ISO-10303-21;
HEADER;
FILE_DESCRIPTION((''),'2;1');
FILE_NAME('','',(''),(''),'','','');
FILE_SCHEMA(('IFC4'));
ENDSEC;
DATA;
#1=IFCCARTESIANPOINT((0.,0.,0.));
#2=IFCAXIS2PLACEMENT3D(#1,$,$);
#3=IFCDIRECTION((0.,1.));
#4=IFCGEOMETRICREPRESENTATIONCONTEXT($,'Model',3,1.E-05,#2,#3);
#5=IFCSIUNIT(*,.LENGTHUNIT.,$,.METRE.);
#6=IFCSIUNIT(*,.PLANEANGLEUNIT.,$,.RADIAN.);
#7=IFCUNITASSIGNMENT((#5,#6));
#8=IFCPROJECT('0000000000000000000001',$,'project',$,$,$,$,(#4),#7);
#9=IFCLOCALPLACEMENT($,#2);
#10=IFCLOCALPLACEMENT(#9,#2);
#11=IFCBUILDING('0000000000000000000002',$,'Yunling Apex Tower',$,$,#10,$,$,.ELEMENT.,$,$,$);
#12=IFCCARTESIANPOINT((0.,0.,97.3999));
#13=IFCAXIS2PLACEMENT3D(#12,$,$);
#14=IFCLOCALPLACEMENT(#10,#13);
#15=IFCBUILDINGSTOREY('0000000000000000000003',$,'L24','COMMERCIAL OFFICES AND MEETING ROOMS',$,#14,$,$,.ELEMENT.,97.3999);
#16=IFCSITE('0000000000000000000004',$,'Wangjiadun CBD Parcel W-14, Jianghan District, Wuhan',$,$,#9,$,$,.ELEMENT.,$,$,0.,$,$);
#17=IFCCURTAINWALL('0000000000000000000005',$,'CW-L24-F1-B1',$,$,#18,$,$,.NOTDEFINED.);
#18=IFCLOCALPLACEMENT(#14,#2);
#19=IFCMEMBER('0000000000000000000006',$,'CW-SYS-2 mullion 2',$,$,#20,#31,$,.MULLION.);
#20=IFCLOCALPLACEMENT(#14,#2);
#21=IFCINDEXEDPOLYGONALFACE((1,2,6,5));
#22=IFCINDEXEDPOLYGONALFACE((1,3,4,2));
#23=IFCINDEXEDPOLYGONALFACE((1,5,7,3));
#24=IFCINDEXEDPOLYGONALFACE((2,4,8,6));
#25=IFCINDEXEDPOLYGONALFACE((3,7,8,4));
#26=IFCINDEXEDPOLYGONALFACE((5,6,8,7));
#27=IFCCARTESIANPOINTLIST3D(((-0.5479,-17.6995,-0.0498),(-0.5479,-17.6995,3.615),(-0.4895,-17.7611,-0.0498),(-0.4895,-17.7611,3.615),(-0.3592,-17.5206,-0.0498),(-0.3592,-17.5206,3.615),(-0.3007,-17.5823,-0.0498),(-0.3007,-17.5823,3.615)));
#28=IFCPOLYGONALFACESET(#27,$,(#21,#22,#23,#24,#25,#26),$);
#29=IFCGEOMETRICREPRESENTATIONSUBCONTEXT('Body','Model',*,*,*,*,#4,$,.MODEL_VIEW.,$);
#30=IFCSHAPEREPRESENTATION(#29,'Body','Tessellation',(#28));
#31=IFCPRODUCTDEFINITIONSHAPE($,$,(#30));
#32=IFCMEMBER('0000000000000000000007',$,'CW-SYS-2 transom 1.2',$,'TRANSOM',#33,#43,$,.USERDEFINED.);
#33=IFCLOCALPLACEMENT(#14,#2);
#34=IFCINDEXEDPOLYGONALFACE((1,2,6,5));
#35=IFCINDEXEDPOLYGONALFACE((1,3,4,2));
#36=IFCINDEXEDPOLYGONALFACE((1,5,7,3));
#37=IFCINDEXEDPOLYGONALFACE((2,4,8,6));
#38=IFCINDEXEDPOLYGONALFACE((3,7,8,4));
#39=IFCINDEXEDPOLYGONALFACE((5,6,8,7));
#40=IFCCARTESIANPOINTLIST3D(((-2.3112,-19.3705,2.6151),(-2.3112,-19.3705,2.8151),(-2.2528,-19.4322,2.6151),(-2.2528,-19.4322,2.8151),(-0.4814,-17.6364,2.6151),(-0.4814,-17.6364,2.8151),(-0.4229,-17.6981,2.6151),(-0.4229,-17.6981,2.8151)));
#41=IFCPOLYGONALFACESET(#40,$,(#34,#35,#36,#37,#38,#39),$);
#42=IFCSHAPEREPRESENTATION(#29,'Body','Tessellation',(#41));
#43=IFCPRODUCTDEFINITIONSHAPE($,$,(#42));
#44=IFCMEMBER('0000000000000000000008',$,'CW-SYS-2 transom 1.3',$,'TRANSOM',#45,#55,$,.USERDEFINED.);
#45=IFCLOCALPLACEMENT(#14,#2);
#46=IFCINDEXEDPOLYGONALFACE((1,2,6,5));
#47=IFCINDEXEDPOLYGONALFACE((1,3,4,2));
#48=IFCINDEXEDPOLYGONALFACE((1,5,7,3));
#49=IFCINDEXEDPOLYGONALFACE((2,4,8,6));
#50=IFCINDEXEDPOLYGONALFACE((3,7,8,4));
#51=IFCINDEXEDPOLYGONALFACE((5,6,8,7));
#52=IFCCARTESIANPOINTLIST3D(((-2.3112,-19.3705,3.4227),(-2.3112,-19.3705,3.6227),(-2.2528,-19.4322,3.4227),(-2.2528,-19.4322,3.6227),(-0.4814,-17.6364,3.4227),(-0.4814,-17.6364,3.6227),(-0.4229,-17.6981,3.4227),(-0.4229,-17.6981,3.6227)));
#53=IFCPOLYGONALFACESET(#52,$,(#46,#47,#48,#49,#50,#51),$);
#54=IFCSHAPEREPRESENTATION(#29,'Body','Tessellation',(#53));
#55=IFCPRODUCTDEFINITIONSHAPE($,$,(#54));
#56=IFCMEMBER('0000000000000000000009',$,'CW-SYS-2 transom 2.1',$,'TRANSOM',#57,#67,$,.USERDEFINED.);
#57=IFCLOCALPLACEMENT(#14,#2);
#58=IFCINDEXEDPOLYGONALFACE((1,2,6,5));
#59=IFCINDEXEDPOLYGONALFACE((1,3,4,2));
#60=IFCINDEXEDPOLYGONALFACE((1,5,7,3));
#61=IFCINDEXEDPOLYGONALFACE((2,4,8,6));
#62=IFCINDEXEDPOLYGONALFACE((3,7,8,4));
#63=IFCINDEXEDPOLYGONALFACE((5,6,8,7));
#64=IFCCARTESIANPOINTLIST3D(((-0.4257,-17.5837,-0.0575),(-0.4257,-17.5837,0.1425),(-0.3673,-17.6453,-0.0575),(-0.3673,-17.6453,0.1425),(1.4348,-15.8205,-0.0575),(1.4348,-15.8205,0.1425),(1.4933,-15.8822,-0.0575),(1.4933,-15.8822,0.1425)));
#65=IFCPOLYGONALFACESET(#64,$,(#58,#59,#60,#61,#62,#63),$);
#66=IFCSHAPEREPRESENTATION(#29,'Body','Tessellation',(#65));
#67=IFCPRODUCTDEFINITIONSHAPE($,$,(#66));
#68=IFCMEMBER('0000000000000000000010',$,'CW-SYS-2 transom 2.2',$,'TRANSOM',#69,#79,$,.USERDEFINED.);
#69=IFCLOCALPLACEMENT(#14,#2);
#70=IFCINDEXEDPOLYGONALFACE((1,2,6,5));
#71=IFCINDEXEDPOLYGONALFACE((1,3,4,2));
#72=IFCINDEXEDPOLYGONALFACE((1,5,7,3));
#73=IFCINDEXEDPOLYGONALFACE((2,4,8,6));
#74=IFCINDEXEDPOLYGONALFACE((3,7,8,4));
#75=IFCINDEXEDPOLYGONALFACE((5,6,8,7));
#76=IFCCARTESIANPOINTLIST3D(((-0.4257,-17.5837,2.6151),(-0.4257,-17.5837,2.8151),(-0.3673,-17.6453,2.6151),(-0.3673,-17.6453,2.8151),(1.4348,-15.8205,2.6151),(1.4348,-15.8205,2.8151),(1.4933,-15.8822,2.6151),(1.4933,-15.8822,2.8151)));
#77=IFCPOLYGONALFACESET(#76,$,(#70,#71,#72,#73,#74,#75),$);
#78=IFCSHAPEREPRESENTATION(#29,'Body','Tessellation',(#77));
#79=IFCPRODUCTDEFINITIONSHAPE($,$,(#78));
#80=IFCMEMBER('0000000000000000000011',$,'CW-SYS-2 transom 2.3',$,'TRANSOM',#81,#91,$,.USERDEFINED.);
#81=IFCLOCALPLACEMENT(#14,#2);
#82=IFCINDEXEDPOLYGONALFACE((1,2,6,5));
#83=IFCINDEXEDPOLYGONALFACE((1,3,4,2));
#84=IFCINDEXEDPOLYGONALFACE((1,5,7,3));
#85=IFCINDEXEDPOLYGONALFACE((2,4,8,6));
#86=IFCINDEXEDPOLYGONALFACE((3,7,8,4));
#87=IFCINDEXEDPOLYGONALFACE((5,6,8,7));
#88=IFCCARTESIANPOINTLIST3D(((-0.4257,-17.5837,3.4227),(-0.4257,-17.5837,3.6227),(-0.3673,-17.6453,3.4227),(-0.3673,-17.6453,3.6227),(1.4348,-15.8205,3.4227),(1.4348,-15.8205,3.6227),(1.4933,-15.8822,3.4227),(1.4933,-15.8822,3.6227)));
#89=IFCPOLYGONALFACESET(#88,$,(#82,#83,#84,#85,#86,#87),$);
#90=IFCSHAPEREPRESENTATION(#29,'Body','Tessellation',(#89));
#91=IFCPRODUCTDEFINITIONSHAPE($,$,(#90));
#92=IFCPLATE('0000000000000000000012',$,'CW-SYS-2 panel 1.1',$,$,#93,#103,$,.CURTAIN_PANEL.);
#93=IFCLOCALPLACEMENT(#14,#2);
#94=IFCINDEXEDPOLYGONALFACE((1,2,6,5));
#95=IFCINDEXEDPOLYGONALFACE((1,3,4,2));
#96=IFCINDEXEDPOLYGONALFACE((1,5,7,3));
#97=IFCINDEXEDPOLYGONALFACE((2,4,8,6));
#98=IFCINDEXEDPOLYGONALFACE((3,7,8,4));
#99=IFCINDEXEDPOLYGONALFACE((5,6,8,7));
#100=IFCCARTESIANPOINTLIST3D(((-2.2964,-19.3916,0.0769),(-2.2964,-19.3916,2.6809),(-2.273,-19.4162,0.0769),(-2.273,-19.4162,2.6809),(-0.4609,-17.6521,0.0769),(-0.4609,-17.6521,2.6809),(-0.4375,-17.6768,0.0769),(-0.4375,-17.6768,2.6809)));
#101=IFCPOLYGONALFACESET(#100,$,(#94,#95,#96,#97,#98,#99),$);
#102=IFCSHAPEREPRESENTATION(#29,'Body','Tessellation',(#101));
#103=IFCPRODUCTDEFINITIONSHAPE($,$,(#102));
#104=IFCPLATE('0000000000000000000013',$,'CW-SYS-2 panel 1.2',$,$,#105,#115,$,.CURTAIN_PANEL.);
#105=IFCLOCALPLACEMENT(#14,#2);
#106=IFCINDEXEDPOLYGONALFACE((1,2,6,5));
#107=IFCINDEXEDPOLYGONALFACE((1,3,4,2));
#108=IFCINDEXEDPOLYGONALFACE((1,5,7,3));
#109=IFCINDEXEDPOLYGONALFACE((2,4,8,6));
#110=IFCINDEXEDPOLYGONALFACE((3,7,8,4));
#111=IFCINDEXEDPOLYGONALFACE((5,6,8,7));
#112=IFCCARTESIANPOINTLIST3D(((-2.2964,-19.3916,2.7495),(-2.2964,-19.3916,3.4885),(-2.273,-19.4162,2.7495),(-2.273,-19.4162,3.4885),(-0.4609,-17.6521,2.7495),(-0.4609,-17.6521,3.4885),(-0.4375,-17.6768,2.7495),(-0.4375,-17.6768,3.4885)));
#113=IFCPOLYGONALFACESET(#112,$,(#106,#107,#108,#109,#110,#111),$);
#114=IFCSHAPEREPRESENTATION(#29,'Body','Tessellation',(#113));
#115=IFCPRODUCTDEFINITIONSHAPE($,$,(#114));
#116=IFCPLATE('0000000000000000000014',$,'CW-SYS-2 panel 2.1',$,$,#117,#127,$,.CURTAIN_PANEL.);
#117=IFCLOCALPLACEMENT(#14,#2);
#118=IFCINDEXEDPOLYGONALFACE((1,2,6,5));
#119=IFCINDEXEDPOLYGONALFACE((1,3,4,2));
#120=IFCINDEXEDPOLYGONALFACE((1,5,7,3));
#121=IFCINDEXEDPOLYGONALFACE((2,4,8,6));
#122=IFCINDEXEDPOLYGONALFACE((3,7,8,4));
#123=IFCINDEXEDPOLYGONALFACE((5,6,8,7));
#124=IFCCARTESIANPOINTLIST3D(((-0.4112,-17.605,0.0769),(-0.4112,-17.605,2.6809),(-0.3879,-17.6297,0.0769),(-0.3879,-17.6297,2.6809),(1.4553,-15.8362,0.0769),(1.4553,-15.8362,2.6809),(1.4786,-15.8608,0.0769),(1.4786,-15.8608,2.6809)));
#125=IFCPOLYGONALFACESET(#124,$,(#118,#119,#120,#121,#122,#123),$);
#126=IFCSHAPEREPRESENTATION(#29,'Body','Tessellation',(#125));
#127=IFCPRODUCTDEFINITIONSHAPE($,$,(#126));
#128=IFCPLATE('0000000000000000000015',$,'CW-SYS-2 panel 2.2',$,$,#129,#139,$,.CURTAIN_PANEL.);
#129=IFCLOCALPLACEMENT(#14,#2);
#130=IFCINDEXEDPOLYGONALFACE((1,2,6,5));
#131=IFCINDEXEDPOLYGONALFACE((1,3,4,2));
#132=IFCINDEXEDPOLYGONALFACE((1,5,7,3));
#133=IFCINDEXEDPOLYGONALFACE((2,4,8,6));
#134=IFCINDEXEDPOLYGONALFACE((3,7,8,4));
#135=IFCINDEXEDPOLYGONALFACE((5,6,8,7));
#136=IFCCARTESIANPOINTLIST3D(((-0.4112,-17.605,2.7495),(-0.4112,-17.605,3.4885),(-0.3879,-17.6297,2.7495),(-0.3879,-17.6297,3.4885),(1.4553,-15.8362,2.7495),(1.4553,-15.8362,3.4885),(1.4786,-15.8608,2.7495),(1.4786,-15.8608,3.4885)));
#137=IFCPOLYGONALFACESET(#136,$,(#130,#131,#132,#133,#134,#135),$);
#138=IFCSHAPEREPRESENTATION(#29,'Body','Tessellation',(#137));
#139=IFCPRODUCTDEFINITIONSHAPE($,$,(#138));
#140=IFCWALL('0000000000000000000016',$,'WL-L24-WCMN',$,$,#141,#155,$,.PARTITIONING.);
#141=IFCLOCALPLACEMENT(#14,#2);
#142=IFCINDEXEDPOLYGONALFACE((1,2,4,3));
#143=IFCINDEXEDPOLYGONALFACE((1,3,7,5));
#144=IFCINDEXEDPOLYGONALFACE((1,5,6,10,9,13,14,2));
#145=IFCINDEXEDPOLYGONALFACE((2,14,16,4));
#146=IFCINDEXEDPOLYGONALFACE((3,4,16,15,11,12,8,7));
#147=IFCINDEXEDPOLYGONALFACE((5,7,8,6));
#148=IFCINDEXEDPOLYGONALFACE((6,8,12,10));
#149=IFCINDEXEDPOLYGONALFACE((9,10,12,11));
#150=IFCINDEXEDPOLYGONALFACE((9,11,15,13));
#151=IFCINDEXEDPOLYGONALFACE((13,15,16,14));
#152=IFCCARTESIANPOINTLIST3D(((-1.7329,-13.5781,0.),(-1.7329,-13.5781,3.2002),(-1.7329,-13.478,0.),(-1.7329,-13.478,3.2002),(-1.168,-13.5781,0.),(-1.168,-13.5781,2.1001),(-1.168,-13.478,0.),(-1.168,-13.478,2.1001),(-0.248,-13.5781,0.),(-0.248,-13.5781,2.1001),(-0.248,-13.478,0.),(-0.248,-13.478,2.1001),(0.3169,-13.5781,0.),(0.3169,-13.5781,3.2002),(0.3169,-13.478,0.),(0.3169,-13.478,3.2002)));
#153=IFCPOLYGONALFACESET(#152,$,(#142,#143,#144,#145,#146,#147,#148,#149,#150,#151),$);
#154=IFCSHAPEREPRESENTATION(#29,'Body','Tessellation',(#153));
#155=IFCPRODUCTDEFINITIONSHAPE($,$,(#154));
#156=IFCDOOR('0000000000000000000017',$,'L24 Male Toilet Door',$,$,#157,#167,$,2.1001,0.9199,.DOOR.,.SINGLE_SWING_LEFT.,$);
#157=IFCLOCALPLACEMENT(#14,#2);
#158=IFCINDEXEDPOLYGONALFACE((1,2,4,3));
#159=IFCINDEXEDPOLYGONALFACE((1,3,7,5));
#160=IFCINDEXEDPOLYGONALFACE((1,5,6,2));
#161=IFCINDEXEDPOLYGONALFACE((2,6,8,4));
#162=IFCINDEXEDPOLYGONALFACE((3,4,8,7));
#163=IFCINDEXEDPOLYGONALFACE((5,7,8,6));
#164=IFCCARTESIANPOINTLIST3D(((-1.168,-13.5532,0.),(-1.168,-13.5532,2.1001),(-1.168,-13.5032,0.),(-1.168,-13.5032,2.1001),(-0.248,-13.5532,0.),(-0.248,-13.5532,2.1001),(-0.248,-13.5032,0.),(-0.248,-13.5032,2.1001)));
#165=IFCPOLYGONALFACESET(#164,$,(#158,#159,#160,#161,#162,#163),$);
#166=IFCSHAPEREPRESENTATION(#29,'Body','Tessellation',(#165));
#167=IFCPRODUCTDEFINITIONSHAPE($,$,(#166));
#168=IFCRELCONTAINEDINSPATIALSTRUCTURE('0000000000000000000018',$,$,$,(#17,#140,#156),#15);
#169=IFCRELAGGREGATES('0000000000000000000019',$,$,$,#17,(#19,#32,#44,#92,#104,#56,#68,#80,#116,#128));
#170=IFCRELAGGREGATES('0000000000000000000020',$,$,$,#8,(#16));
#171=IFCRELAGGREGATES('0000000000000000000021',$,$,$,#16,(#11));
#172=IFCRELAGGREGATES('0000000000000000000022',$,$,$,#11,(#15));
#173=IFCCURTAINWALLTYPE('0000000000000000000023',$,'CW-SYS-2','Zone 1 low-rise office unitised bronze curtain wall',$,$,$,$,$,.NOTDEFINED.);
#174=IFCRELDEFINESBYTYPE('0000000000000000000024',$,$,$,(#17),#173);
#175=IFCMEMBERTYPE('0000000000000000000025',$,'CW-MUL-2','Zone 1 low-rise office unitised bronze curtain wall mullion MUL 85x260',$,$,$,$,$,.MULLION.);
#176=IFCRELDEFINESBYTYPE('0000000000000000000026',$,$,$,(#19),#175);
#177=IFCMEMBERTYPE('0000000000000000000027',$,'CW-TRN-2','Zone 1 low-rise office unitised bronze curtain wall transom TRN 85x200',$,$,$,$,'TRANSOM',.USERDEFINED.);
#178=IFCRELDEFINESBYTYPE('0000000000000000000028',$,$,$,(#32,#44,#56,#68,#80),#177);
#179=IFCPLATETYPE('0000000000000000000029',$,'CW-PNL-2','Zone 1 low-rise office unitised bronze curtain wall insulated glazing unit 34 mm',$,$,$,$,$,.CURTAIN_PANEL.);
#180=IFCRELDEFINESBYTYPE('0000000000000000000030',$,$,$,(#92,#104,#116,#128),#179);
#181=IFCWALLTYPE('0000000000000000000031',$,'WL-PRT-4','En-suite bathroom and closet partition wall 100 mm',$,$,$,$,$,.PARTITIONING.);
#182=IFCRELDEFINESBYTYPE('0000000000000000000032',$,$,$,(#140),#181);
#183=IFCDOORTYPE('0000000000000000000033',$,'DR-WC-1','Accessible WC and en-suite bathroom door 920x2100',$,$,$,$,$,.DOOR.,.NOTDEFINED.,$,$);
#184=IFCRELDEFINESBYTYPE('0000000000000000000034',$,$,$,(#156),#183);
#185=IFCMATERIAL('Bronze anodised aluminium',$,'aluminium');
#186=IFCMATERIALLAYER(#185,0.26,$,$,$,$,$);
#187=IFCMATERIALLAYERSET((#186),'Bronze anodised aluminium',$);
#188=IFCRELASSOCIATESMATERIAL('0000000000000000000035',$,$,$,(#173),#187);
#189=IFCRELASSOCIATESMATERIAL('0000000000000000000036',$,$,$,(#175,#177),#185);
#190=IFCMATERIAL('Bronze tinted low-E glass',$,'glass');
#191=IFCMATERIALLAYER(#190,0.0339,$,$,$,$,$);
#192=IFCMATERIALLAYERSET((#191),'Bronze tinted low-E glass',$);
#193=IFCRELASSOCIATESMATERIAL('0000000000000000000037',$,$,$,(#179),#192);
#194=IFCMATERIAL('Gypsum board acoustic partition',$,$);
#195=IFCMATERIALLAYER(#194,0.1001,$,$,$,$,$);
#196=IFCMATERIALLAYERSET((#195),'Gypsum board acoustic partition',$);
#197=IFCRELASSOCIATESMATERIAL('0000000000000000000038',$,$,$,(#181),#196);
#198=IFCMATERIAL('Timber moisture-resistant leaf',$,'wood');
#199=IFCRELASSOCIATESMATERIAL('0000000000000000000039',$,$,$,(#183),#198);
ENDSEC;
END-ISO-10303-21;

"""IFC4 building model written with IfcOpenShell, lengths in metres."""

from ifc_helpers import new_model, si_unit, direction, frame, frame_2d, origin, origin_2d, place, context, subcontext, project, spatial, rectangle, extrude, source, transform, mapped, material, layer, layer_set, material_profile, profile_set, type_object, element, fill, aggregate, save


model = new_model("IFC4")

# Units and contexts
model_context = context("Model", 3, precision=1e-05, world=origin(), true_north=direction((0.0, 1.0)))
body_context = subcontext(model_context, "Body", "Model", "MODEL_VIEW")
ifc_project = project(units=[si_unit("LENGTHUNIT", "METRE"), si_unit("PLANEANGLEUNIT", "RADIAN")], contexts=[model_context])

# Site, building, storey
site_placement = place(None, origin())
site = spatial("IfcSite", under=ifc_project, at=site_placement, Name="Wangjiadun CBD Parcel W-14, Jianghan District, Wuhan", CompositionType="ELEMENT", RefElevation=0.0)
building_placement = place(site_placement, origin())
building = spatial("IfcBuilding", under=site, at=building_placement, Name="Yunling Apex Tower", CompositionType="ELEMENT")
storey_placement = place(building_placement, frame((0.0, 0.0, 97.3999)))
storey = spatial("IfcBuildingStorey", under=building, at=storey_placement, Name="L24", Description="COMMERCIAL OFFICES AND MEETING ROOMS", CompositionType="ELEMENT", Elevation=97.3999)

# Curtain wall, members, plates
ifc_material_1 = material(Name="Bronze anodised aluminium", Category="aluminium")
ifc_layer_1 = layer(ifc_material_1, 0.26)
ifc_layer_set_1 = layer_set([ifc_layer_1], Name="Bronze anodised aluminium")
curtain_wall_type = type_object("IfcCurtainWallType", Name="CW-SYS-2", Description="Zone 1 low-rise office unitised bronze curtain wall", PredefinedType="NOTDEFINED", material=ifc_layer_set_1)
curtain_wall_placement = place(storey_placement, origin())
curtain_wall = element("IfcCurtainWall", 1, at=curtain_wall_placement, inside=storey, type_object=curtain_wall_type, Name="CW-L24-F1-B1", PredefinedType="NOTDEFINED")
ifc_material_profile_1 = material_profile(ifc_material_1, rectangle(XDim=0.085, YDim=0.26, at=origin_2d()))
ifc_profile_set_1 = profile_set([ifc_material_profile_1], Name="Bronze anodised aluminium")
member_type_1 = type_object("IfcMemberType", Name="CW-MUL-2", Description="Zone 1 low-rise office unitised bronze curtain wall mullion MUL 85x260", PredefinedType="MULLION", material=ifc_profile_set_1)
shared_shape_1 = source(origin(), body_context, "Body", "SweptSolid", [
    extrude(rectangle(XDim=0.085, YDim=0.26, at=origin_2d()), origin(), (0.0, 0.0, 1.0), 3.6648),
])
member_1_placement = place(storey_placement, frame((-0.4243, -17.6409, -0.0498), z_axis=(0.0, 0.0, 1.0), x_axis=(-0.687861, 0.725842, 0.0)))
member_1 = element("IfcMember", 2, at=member_1_placement, type_object=member_type_1, Name="CW-SYS-2 mullion 2", PredefinedType="MULLION", context=body_context, shape_type="MappedRepresentation", body=[
    mapped(shared_shape_1, transform((0.0, 0.0, 0.0), scale=1.0)),
])
ifc_material_profile_2 = material_profile(ifc_material_1, rectangle(XDim=0.085, YDim=0.2, at=origin_2d()))
ifc_profile_set_2 = profile_set([ifc_material_profile_2], Name="Bronze anodised aluminium")
member_type_2 = type_object("IfcMemberType", Name="CW-TRN-2", Description="Zone 1 low-rise office unitised bronze curtain wall transom TRN 85x200", ElementType="TRANSOM", PredefinedType="USERDEFINED", material=ifc_profile_set_2)
shared_shape_2 = source(origin(), body_context, "Body", "SweptSolid", [
    extrude(rectangle(XDim=0.085, YDim=0.2, at=origin_2d()), origin(), (0.0, 0.0, 1.0), 2.521),
])
member_2_placement = place(storey_placement, frame((-2.282, -19.4014, 2.7151), z_axis=(0.725833, 0.687871, 0.0), x_axis=(-0.687871, 0.725833, 0.0)))
member_2 = element("IfcMember", 3, at=member_2_placement, type_object=member_type_2, Name="CW-SYS-2 transom 1.2", ObjectType="TRANSOM", PredefinedType="USERDEFINED", context=body_context, shape_type="MappedRepresentation", body=[
    mapped(shared_shape_2, transform((0.0, 0.0, 0.0), scale=1.0)),
])
member_3_placement = place(storey_placement, frame((-2.282, -19.4014, 3.5227), z_axis=(0.725833, 0.687871, 0.0), x_axis=(-0.687871, 0.725833, 0.0)))
member_3 = element("IfcMember", 4, at=member_3_placement, type_object=member_type_2, Name="CW-SYS-2 transom 1.3", ObjectType="TRANSOM", PredefinedType="USERDEFINED", context=body_context, shape_type="MappedRepresentation", body=[
    mapped(shared_shape_2, transform((0.0, 0.0, 0.0), scale=1.0)),
])
shared_shape_3 = source(origin(), body_context, "Body", "SweptSolid", [
    extrude(rectangle(XDim=0.085, YDim=0.2, at=origin_2d()), origin(), (0.0, 0.0, 1.0), 2.5632),
])
member_4_placement = place(storey_placement, frame((-0.3965, -17.6145, 0.0425), z_axis=(0.725853, 0.68785, 0.0), x_axis=(-0.68785, 0.725853, 0.0)))
member_4 = element("IfcMember", 5, at=member_4_placement, type_object=member_type_2, Name="CW-SYS-2 transom 2.1", ObjectType="TRANSOM", PredefinedType="USERDEFINED", context=body_context, shape_type="MappedRepresentation", body=[
    mapped(shared_shape_3, transform((0.0, 0.0, 0.0), scale=1.0)),
])
member_5_placement = place(storey_placement, frame((-0.3965, -17.6145, 2.7151), z_axis=(0.725853, 0.68785, 0.0), x_axis=(-0.68785, 0.725853, 0.0)))
member_5 = element("IfcMember", 6, at=member_5_placement, type_object=member_type_2, Name="CW-SYS-2 transom 2.2", ObjectType="TRANSOM", PredefinedType="USERDEFINED", context=body_context, shape_type="MappedRepresentation", body=[
    mapped(shared_shape_3, transform((0.0, 0.0, 0.0), scale=1.0)),
])
member_6_placement = place(storey_placement, frame((-0.3965, -17.6145, 3.5227), z_axis=(0.725853, 0.68785, 0.0), x_axis=(-0.68785, 0.725853, 0.0)))
member_6 = element("IfcMember", 7, at=member_6_placement, type_object=member_type_2, Name="CW-SYS-2 transom 2.3", ObjectType="TRANSOM", PredefinedType="USERDEFINED", context=body_context, shape_type="MappedRepresentation", body=[
    mapped(shared_shape_3, transform((0.0, 0.0, 0.0), scale=1.0)),
])
ifc_material_2 = material(Name="Bronze tinted low-E glass", Category="glass")
ifc_layer_2 = layer(ifc_material_2, 0.0339)
ifc_layer_set_2 = layer_set([ifc_layer_2], Name="Bronze tinted low-E glass")
plate_type = type_object("IfcPlateType", Name="CW-PNL-2", Description="Zone 1 low-rise office unitised bronze curtain wall insulated glazing unit 34 mm", PredefinedType="CURTAIN_PANEL", material=ifc_layer_set_2)
shared_shape_4 = source(origin(), body_context, "Body", "SweptSolid", [
    extrude(rectangle(XDim=2.5288, YDim=0.0339, at=origin_2d()), origin(), (0.0, 0.0, 1.0), 2.604),
])
plate_1_placement = place(storey_placement, frame((-1.3669, -18.5342, 0.0769), z_axis=(0.0, 0.0, 1.0), x_axis=(0.725842, 0.687861, 0.0)))
plate_1 = element("IfcPlate", 8, at=plate_1_placement, type_object=plate_type, Name="CW-SYS-2 panel 1.1", PredefinedType="CURTAIN_PANEL", context=body_context, shape_type="MappedRepresentation", body=[
    mapped(shared_shape_4, transform((0.0, 0.0, 0.0), scale=1.0)),
])
shared_shape_5 = source(origin(), body_context, "Body", "SweptSolid", [
    extrude(rectangle(XDim=2.5288, YDim=0.0339, at=origin_2d()), origin(), (0.0, 0.0, 1.0), 0.739),
])
plate_2_placement = place(storey_placement, frame((-1.3669, -18.5342, 2.7495), z_axis=(0.0, 0.0, 1.0), x_axis=(0.725842, 0.687861, 0.0)))
plate_2 = element("IfcPlate", 9, at=plate_2_placement, type_object=plate_type, Name="CW-SYS-2 panel 1.2", PredefinedType="CURTAIN_PANEL", context=body_context, shape_type="MappedRepresentation", body=[
    mapped(shared_shape_5, transform((0.0, 0.0, 0.0), scale=1.0)),
])
shared_shape_6 = source(origin(), body_context, "Body", "SweptSolid", [
    extrude(rectangle(XDim=2.5715, YDim=0.0339, at=origin_2d()), origin(), (0.0, 0.0, 1.0), 2.604),
])
plate_3_placement = place(storey_placement, frame((0.5337, -16.7329, 0.0769), z_axis=(0.0, 0.0, 1.0), x_axis=(0.725842, 0.687861, 0.0)))
plate_3 = element("IfcPlate", 10, at=plate_3_placement, type_object=plate_type, Name="CW-SYS-2 panel 2.1", PredefinedType="CURTAIN_PANEL", context=body_context, shape_type="MappedRepresentation", body=[
    mapped(shared_shape_6, transform((0.0, 0.0, 0.0), scale=1.0)),
])
shared_shape_7 = source(origin(), body_context, "Body", "SweptSolid", [
    extrude(rectangle(XDim=2.5715, YDim=0.0339, at=origin_2d()), origin(), (0.0, 0.0, 1.0), 0.739),
])
plate_4_placement = place(storey_placement, frame((0.5337, -16.7329, 2.7495), z_axis=(0.0, 0.0, 1.0), x_axis=(0.725842, 0.687861, 0.0)))
plate_4 = element("IfcPlate", 11, at=plate_4_placement, type_object=plate_type, Name="CW-SYS-2 panel 2.2", PredefinedType="CURTAIN_PANEL", context=body_context, shape_type="MappedRepresentation", body=[
    mapped(shared_shape_7, transform((0.0, 0.0, 0.0), scale=1.0)),
])
aggregate(curtain_wall, [member_1, member_2, member_3, plate_1, plate_2, member_4, member_5, member_6, plate_3, plate_4])

# Wall, opening, door
ifc_material_3 = material(Name="Gypsum board acoustic partition")
ifc_layer_3 = layer(ifc_material_3, 0.1001)
ifc_layer_set_3 = layer_set([ifc_layer_3], Name="Gypsum board acoustic partition")
wall_type = type_object("IfcWallType", Name="WL-PRT-4", Description="En-suite bathroom and closet partition wall 100 mm", PredefinedType="PARTITIONING", material=ifc_layer_set_3)
wall_1_placement = place(storey_placement, frame((-1.7329, -13.5281, 0.0), z_axis=(0.0, 0.0, 1.0), x_axis=(1.0, 0.0, 0.0)))
wall_1 = element("IfcWall", 12, at=wall_1_placement, inside=storey, type_object=wall_type, Name="WL-L24-WCMN", PredefinedType="PARTITIONING", context=body_context, shape_type="SweptSolid", body=[
    extrude(rectangle(XDim=2.0498, YDim=0.1001, at=frame_2d((1.0249, 0.0))), origin(), (0.0, 0.0, 1.0), 3.2002),
])
opening_1_placement = place(wall_1_placement, frame((0.5649, 0.0, 0.0)))
opening_1 = element("IfcOpeningElement", 13, at=opening_1_placement, cuts=wall_1, PredefinedType="OPENING", context=body_context, shape_type="SweptSolid", body=[
    extrude(rectangle(XDim=0.9199, YDim=2.1001, at=frame_2d((0.46, 1.05))), frame((0.0, 0.0601, 0.0), z_axis=(0.0, -1.0, 0.0), x_axis=(1.0, 0.0, 0.0)), (0.0, 0.0, 1.0), 0.1201),
])
ifc_material_4 = material(Name="Timber moisture-resistant leaf", Category="wood")
door_type = type_object("IfcDoorType", Name="DR-WC-1", Description="Accessible WC and en-suite bathroom door 920x2100", OperationType="NOTDEFINED", PredefinedType="DOOR", material=ifc_material_4)
door_1_placement = place(opening_1_placement, origin())
door_1 = element("IfcDoor", 14, at=door_1_placement, inside=storey, type_object=door_type, Name="L24 Male Toilet Door", OperationType="SINGLE_SWING_LEFT", OverallHeight=2.1001, OverallWidth=0.9199, PredefinedType="DOOR", context=body_context, shape_type="SweptSolid", body=[
    extrude(rectangle(XDim=0.9199, YDim=2.1001, at=frame_2d((0.46, 1.05))), frame((0.0, 0.0249, 0.0), z_axis=(0.0, -1.0, 0.0), x_axis=(1.0, 0.0, 0.0)), (0.0, 0.0, 1.0), 0.05),
])
fill(opening_1, door_1)

save(model, "model.ifc")
